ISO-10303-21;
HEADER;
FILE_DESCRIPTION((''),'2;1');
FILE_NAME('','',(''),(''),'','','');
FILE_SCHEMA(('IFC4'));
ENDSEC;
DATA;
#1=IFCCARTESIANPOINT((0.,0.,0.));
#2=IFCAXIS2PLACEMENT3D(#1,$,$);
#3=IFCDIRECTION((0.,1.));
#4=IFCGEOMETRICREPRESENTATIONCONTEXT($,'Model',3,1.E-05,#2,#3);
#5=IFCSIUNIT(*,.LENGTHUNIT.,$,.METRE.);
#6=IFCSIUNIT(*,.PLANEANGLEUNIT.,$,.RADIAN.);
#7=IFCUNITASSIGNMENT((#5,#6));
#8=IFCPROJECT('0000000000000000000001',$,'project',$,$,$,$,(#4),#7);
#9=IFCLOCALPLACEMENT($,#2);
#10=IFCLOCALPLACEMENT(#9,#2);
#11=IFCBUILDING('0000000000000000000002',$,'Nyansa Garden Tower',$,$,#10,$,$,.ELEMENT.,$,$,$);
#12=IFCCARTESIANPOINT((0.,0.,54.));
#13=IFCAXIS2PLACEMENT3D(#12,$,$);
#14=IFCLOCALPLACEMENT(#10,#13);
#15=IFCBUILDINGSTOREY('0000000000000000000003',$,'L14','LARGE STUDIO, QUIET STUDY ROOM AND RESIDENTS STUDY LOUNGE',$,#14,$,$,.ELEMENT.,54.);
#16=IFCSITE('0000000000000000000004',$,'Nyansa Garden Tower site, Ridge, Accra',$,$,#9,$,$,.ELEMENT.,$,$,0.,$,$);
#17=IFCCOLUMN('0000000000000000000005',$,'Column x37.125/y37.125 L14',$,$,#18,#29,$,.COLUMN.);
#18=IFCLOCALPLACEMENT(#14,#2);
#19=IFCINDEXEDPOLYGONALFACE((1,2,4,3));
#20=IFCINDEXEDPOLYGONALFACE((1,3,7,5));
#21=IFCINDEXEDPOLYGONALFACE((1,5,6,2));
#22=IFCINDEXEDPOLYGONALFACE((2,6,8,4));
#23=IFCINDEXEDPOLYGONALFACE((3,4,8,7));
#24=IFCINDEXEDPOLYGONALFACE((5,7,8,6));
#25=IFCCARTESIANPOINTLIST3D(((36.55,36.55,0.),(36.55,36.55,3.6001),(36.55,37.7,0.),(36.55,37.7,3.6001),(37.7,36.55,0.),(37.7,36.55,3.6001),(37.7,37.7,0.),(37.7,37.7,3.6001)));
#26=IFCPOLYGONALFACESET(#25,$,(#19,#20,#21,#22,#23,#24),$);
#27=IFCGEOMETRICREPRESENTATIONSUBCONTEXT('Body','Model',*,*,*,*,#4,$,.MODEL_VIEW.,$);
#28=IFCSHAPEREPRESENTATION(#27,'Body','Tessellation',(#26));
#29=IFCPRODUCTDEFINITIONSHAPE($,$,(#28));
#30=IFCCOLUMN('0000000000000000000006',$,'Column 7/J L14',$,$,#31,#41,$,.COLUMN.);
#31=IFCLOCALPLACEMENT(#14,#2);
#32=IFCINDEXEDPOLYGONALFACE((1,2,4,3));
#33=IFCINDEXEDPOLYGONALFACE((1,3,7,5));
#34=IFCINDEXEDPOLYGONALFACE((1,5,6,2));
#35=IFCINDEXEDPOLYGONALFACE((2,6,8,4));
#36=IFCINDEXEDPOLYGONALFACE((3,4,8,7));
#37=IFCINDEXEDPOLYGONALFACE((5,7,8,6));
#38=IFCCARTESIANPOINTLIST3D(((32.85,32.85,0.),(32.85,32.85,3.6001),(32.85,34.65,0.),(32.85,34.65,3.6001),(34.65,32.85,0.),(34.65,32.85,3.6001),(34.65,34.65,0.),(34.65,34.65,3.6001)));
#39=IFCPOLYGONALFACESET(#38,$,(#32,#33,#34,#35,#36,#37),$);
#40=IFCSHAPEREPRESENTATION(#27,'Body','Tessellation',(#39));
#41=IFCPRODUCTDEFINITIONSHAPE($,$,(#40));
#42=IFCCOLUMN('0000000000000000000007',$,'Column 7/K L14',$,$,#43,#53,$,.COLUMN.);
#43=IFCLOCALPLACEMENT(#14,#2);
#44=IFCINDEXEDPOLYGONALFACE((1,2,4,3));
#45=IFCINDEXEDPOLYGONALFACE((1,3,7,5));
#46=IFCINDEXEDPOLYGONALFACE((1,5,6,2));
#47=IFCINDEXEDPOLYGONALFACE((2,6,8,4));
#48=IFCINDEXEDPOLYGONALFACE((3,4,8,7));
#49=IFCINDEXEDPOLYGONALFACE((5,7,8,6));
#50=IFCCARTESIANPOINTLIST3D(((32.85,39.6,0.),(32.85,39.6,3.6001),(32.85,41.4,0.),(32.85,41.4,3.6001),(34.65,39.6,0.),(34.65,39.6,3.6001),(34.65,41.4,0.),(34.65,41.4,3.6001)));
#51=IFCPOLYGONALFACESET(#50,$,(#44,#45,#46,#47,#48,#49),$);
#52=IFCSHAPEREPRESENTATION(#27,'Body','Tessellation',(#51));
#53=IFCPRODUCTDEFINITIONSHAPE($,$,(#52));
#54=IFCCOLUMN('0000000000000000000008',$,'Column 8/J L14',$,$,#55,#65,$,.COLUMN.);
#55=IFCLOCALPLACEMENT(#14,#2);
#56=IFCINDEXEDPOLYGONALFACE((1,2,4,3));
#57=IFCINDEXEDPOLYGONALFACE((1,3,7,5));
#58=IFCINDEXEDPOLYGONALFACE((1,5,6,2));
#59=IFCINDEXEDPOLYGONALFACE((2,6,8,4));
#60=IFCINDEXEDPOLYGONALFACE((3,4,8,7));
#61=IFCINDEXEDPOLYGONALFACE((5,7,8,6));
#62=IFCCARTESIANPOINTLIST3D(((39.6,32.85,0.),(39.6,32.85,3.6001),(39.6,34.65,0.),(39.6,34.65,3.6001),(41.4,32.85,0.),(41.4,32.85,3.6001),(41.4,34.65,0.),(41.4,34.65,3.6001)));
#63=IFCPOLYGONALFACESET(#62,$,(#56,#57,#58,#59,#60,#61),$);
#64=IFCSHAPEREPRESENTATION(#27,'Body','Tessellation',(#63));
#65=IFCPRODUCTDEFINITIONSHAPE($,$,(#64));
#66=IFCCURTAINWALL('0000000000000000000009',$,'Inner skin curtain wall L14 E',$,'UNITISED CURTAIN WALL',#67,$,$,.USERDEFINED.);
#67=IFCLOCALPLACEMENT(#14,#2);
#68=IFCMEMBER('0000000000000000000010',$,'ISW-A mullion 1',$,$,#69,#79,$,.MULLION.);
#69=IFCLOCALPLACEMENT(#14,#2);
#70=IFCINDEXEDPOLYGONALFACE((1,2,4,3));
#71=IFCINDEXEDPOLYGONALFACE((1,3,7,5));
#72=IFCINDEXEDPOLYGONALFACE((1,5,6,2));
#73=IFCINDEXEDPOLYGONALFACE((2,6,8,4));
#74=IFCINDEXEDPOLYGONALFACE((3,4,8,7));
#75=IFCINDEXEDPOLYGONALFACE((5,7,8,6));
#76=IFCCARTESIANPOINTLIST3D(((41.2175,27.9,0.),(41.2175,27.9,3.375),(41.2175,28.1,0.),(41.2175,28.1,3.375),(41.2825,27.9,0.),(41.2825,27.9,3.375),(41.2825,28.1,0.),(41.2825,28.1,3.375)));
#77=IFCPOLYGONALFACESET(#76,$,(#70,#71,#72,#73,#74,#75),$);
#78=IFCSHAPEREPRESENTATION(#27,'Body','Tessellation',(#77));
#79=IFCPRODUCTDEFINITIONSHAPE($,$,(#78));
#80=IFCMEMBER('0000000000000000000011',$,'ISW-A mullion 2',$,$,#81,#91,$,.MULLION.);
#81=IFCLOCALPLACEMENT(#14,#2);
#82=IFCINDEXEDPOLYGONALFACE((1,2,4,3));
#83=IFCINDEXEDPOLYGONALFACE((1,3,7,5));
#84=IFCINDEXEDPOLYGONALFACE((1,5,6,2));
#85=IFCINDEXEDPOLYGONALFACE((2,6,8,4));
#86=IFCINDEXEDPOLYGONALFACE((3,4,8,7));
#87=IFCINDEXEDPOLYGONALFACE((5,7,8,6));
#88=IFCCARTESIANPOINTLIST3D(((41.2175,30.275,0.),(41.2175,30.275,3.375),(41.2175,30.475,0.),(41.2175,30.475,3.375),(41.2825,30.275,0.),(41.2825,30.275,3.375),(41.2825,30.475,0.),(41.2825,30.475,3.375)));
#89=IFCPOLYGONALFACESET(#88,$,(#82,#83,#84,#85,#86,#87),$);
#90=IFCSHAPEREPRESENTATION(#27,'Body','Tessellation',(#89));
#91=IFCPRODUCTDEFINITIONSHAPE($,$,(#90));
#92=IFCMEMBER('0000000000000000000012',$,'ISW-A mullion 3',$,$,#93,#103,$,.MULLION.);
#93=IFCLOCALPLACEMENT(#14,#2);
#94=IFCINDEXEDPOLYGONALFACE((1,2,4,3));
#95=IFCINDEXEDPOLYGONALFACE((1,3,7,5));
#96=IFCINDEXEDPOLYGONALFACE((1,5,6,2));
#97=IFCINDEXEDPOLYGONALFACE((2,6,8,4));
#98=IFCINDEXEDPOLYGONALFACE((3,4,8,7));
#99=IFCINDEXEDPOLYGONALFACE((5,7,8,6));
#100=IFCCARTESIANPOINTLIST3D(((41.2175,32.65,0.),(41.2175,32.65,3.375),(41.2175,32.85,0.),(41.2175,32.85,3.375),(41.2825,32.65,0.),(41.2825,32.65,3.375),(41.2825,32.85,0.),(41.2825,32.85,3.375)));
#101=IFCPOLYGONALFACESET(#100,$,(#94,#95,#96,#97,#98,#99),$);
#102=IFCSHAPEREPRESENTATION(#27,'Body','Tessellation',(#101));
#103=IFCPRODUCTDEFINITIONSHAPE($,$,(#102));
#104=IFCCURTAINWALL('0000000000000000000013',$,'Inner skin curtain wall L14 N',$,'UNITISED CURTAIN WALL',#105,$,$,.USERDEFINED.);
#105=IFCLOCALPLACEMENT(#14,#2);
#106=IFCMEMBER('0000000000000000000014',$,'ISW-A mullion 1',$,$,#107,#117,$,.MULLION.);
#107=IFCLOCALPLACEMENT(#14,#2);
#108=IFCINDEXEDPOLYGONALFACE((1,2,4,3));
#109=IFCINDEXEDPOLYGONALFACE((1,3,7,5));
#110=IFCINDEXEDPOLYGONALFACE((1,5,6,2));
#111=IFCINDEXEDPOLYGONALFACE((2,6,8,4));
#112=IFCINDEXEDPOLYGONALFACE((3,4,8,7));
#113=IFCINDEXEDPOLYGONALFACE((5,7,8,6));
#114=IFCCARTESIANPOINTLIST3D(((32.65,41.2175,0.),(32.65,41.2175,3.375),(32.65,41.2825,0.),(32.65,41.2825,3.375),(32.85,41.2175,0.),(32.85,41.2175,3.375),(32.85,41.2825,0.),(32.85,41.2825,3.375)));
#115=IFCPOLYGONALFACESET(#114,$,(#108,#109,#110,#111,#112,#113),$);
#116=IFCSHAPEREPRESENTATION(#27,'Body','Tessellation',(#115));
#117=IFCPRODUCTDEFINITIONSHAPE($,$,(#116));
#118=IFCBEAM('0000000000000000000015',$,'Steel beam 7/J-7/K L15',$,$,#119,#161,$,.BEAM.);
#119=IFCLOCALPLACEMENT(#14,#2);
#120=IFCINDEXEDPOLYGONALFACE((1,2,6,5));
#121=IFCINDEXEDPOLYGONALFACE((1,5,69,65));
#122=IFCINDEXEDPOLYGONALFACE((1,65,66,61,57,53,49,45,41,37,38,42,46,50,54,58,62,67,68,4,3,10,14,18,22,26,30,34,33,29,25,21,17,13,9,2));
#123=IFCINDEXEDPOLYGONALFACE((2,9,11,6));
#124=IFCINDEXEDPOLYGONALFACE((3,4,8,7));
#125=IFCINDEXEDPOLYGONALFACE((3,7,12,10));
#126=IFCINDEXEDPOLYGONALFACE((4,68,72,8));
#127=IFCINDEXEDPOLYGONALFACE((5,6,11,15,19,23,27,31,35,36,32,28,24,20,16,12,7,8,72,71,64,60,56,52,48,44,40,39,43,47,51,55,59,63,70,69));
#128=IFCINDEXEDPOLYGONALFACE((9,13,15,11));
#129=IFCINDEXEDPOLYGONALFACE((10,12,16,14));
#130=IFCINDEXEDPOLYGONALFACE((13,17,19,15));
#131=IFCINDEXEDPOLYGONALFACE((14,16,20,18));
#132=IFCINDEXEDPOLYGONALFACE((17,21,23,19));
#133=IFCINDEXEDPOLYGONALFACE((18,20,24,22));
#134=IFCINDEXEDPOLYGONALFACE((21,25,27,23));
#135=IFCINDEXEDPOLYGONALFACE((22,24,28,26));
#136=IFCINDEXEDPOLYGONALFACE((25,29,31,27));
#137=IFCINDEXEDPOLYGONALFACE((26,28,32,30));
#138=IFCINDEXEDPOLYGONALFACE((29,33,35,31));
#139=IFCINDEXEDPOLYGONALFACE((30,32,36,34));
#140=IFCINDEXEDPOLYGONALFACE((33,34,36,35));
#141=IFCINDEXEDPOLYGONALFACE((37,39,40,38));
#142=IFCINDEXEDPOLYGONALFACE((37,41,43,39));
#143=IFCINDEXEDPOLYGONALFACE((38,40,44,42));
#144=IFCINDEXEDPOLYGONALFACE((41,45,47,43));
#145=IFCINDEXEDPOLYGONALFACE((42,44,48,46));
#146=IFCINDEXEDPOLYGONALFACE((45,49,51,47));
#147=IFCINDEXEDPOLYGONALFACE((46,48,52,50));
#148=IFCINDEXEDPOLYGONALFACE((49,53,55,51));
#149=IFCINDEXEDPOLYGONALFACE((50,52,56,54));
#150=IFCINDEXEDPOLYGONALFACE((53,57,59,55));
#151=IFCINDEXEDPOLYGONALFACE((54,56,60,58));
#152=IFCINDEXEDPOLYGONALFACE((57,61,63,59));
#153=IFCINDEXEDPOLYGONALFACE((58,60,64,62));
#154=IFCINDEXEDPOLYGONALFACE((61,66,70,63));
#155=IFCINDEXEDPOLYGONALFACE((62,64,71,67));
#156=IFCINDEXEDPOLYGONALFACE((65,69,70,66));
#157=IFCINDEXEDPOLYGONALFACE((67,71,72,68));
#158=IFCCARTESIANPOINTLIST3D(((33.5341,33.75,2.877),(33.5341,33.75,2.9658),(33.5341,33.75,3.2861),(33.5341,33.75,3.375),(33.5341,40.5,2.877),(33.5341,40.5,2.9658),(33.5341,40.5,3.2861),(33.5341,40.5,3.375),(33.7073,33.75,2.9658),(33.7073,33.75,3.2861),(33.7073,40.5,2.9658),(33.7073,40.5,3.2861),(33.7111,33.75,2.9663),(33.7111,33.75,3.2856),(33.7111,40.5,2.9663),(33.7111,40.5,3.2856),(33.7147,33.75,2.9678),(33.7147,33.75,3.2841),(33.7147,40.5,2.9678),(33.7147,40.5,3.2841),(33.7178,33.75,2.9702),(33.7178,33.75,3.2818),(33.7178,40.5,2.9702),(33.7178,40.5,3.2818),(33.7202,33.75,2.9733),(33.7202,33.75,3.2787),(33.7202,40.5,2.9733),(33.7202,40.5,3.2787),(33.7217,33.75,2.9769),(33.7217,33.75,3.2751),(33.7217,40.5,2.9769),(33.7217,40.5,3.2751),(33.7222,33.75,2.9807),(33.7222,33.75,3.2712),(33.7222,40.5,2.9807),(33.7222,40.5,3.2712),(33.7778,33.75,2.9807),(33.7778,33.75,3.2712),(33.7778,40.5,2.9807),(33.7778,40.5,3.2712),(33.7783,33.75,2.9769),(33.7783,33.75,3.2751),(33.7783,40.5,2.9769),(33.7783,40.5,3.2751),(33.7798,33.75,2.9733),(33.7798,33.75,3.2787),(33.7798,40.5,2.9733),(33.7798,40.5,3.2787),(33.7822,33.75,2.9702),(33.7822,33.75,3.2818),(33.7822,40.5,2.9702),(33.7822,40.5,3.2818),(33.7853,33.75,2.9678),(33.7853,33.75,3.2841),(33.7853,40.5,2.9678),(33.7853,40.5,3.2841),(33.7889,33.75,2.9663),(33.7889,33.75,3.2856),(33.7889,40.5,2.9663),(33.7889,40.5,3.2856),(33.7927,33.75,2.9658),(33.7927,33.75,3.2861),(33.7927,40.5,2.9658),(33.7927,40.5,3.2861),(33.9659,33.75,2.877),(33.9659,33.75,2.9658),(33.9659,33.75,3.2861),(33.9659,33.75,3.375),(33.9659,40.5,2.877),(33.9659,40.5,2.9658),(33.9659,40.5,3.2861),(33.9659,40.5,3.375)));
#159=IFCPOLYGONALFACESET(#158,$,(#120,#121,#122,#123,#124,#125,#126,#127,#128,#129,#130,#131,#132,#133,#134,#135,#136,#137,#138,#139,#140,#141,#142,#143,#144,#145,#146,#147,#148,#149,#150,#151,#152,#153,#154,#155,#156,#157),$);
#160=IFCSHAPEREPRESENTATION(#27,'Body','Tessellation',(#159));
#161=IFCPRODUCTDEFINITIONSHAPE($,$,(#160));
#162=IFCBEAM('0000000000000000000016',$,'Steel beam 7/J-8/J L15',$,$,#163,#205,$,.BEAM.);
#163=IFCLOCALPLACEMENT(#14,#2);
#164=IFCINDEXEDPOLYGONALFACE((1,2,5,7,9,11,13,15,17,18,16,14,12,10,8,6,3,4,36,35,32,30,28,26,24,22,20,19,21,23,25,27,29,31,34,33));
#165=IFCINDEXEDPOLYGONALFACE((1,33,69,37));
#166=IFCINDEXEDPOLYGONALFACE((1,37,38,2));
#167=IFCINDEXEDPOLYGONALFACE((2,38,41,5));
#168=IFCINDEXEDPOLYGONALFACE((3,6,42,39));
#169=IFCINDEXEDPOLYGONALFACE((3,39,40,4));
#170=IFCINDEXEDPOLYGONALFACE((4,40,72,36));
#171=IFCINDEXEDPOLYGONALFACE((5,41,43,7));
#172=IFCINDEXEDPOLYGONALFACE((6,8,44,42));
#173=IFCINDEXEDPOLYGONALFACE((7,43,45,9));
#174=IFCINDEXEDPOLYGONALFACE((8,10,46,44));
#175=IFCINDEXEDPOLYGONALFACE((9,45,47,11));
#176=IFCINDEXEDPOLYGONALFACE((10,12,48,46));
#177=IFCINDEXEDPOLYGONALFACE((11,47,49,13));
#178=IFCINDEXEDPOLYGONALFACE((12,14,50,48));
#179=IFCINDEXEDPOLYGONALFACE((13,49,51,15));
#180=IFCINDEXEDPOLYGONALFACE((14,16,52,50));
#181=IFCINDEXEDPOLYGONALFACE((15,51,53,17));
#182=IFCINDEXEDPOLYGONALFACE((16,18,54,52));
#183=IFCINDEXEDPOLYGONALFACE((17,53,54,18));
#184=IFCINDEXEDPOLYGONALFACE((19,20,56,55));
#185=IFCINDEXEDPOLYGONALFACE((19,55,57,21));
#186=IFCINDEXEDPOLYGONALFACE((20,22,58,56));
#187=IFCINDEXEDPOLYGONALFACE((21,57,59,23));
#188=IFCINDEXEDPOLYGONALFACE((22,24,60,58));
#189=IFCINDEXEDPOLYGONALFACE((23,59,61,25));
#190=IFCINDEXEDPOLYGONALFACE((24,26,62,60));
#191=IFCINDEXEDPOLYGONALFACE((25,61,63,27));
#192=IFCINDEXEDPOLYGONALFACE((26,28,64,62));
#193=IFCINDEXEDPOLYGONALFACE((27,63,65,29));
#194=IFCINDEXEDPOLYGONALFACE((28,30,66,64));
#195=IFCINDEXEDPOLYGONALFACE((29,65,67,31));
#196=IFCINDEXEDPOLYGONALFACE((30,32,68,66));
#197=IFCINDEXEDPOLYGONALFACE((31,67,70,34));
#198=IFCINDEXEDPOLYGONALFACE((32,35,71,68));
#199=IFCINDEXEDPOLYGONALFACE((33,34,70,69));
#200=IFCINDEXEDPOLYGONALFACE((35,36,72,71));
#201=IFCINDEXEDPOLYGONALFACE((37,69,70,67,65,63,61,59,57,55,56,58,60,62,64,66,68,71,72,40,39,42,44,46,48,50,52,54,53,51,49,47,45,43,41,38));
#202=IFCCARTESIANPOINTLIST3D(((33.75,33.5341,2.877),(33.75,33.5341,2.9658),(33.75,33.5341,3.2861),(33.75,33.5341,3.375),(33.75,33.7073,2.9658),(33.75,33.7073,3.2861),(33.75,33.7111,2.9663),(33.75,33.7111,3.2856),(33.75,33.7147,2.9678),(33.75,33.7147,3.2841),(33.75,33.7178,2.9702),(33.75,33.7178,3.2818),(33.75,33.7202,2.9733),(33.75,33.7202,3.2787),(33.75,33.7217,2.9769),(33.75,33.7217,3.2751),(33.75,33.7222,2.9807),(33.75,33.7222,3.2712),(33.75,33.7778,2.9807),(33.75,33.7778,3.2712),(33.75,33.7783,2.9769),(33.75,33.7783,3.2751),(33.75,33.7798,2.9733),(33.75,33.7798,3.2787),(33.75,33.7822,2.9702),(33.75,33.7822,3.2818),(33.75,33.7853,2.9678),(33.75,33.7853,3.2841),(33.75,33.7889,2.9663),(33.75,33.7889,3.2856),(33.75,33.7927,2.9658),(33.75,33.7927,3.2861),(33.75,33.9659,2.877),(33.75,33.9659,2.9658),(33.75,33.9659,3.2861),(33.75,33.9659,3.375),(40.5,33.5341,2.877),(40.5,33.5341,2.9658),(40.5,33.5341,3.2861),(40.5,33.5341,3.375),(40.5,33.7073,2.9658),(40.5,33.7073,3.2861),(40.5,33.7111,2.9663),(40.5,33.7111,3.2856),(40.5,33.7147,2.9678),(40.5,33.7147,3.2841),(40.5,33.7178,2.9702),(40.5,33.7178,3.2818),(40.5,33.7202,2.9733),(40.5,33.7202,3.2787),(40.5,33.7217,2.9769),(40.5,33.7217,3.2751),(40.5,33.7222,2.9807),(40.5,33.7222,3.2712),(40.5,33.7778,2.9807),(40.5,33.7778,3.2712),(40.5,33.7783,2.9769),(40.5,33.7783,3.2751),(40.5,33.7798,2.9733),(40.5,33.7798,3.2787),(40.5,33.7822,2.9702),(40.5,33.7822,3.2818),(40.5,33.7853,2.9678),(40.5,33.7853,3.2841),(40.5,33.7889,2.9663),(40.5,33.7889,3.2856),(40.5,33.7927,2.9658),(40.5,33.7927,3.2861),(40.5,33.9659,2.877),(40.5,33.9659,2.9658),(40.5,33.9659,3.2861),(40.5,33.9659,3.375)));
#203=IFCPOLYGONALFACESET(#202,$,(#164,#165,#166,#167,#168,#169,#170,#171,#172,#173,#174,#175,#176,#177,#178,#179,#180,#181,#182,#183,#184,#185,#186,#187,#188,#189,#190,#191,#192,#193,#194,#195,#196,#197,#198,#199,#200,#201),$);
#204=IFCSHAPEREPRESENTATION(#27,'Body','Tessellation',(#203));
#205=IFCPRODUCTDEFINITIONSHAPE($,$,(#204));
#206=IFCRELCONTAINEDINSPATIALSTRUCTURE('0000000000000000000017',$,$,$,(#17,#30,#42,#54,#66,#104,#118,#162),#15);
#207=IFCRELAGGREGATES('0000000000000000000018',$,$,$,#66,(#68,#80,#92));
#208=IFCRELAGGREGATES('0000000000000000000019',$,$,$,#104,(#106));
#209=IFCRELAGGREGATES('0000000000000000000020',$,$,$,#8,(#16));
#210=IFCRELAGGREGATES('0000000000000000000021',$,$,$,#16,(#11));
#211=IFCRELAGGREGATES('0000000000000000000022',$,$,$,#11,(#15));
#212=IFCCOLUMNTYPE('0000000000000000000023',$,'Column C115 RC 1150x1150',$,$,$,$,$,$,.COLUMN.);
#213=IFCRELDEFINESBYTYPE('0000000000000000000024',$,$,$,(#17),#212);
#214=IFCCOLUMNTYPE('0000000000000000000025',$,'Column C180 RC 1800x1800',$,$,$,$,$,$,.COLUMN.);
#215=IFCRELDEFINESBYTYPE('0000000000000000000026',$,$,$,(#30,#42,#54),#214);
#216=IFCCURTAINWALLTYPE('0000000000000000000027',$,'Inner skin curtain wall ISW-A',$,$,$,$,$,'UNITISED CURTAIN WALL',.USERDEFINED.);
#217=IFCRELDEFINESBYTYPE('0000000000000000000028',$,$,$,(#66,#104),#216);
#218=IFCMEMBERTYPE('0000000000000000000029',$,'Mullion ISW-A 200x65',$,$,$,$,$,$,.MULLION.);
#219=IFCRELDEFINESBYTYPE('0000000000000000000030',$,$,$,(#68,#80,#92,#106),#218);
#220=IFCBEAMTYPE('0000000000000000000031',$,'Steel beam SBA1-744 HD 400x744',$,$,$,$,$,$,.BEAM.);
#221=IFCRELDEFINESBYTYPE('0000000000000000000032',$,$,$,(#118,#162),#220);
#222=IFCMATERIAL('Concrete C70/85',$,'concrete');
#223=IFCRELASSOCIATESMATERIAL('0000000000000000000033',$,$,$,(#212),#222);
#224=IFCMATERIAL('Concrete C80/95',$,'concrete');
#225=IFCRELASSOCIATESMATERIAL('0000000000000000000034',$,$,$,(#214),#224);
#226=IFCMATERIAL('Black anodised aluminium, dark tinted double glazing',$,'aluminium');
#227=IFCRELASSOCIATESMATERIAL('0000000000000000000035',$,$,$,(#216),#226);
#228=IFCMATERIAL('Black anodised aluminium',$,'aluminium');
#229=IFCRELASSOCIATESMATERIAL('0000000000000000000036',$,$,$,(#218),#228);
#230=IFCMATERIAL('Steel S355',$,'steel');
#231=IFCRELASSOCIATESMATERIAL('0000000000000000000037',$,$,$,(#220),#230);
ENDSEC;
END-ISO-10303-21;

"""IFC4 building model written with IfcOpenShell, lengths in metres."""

from ifc_helpers import new_model, si_unit, direction, frame, origin, origin_2d, place, context, subcontext, project, spatial, rectangle, i_section, extrude, material, material_profile, profile_set, type_object, element, aggregate, save


model = new_model("IFC4")

# Units and contexts
model_context = context("Model", 3, precision=1e-05, world=origin(), true_north=direction((0.0, 1.0)))
body_context = subcontext(model_context, "Body", "Model", "MODEL_VIEW")
ifc_project = project(units=[si_unit("LENGTHUNIT", "METRE"), si_unit("PLANEANGLEUNIT", "RADIAN")], contexts=[model_context])

# Site, building, storey
site_placement = place(None, origin())
site = spatial("IfcSite", under=ifc_project, at=site_placement, Name="Nyansa Garden Tower site, Ridge, Accra", CompositionType="ELEMENT", RefElevation=0.0)
building_placement = place(site_placement, origin())
building = spatial("IfcBuilding", under=site, at=building_placement, Name="Nyansa Garden Tower", CompositionType="ELEMENT")
storey_placement = place(building_placement, frame((0.0, 0.0, 54.0)))
storey = spatial("IfcBuildingStorey", under=building, at=storey_placement, Name="L14", Description="LARGE STUDIO, QUIET STUDY ROOM AND RESIDENTS STUDY LOUNGE", CompositionType="ELEMENT", Elevation=54.0)

# Columns
ifc_material_1 = material(Name="Concrete C70/85", Category="concrete")
ifc_material_profile_1 = material_profile(ifc_material_1, rectangle(XDim=1.1499, YDim=1.1499, at=origin_2d()), Name="RC 1150x1150")
ifc_profile_set_1 = profile_set([ifc_material_profile_1], Name="Concrete C70/85")
column_type_1 = type_object("IfcColumnType", Name="Column C115 RC 1150x1150", PredefinedType="COLUMN", material=ifc_profile_set_1)
column_placement = place(storey_placement, frame((37.125, 37.125, 0.0), z_axis=(0.0, 0.0, 1.0), x_axis=(1.0, 0.0, 0.0)))
element("IfcColumn", 1, at=column_placement, inside=storey, type_object=column_type_1, Name="Column x37.125/y37.125 L14", PredefinedType="COLUMN", context=body_context, shape_type="SweptSolid", body=[
    extrude(rectangle(XDim=1.1499, YDim=1.1499, at=origin_2d()), origin(), (0.0, 0.0, 1.0), 3.6001),
])
ifc_material_2 = material(Name="Concrete C80/95", Category="concrete")
ifc_material_profile_2 = material_profile(ifc_material_2, rectangle(XDim=1.8, YDim=1.8, at=origin_2d()), Name="RC 1800x1800")
ifc_profile_set_2 = profile_set([ifc_material_profile_2], Name="Concrete C80/95")
column_type_2 = type_object("IfcColumnType", Name="Column C180 RC 1800x1800", PredefinedType="COLUMN", material=ifc_profile_set_2)
for number, where, z_axis, x_axis, name in (
    (2, (33.75, 33.75, 0.0), (0.0, 0.0, 1.0), (1.0, 0.0, 0.0), "Column 7/J L14"),
    (3, (33.75, 40.5, 0.0), (0.0, 0.0, 1.0), (1.0, 0.0, 0.0), "Column 7/K L14"),
    (4, (40.5, 33.75, 0.0), (0.0, 0.0, 1.0), (1.0, 0.0, 0.0), "Column 8/J L14"),
):
    element("IfcColumn", number, at=place(storey_placement, frame(where, z_axis=z_axis, x_axis=x_axis)), inside=storey, type_object=column_type_2, Name=name, PredefinedType="COLUMN", context=body_context, shape_type="SweptSolid", body=[
        extrude(rectangle(XDim=1.8, YDim=1.8, at=origin_2d()), origin(), (0.0, 0.0, 1.0), 3.6001),
    ])

# Curtain wall, members
ifc_material_3 = material(Name="Black anodised aluminium, dark tinted double glazing", Category="aluminium")
curtain_wall_type = type_object("IfcCurtainWallType", Name="Inner skin curtain wall ISW-A", ElementType="UNITISED CURTAIN WALL", PredefinedType="USERDEFINED", material=ifc_material_3)
curtain_wall_1_placement = place(storey_placement, origin())
curtain_wall_1 = element("IfcCurtainWall", 5, at=curtain_wall_1_placement, inside=storey, type_object=curtain_wall_type, Name="Inner skin curtain wall L14 E", ObjectType="UNITISED CURTAIN WALL", PredefinedType="USERDEFINED")
ifc_material_4 = material(Name="Black anodised aluminium", Category="aluminium")
ifc_material_profile_3 = material_profile(ifc_material_4, rectangle(XDim=0.0649, YDim=0.2, at=origin_2d()), Name="Mullion 200x65")
ifc_profile_set_3 = profile_set([ifc_material_profile_3], Name="Black anodised aluminium")
member_type_1 = type_object("IfcMemberType", Name="Mullion ISW-A 200x65", PredefinedType="MULLION", material=ifc_profile_set_3)
member_1_placement = place(storey_placement, frame((41.25, 28.0, 0.0), z_axis=(0.0, 0.0, 1.0), x_axis=(-1.0, 0.0, 0.0)))
member_1 = element("IfcMember", 6, at=member_1_placement, type_object=member_type_1, Name="ISW-A mullion 1", PredefinedType="MULLION", context=body_context, shape_type="SweptSolid", body=[
    extrude(rectangle(XDim=0.0649, YDim=0.2, at=origin_2d()), origin(), (0.0, 0.0, 1.0), 3.375),
])
member_2_placement = place(storey_placement, frame((41.25, 30.375, 0.0), z_axis=(0.0, 0.0, 1.0), x_axis=(-1.0, 0.0, 0.0)))
member_2 = element("IfcMember", 7, at=member_2_placement, type_object=member_type_1, Name="ISW-A mullion 2", PredefinedType="MULLION", context=body_context, shape_type="SweptSolid", body=[
    extrude(rectangle(XDim=0.0649, YDim=0.2, at=origin_2d()), origin(), (0.0, 0.0, 1.0), 3.375),
])
member_3_placement = place(storey_placement, frame((41.25, 32.75, 0.0), z_axis=(0.0, 0.0, 1.0), x_axis=(-1.0, 0.0, 0.0)))
member_3 = element("IfcMember", 8, at=member_3_placement, type_object=member_type_1, Name="ISW-A mullion 3", PredefinedType="MULLION", context=body_context, shape_type="SweptSolid", body=[
    extrude(rectangle(XDim=0.0649, YDim=0.2, at=origin_2d()), origin(), (0.0, 0.0, 1.0), 3.375),
])

# Curtain wall, member
curtain_wall_2_placement = place(storey_placement, origin())
curtain_wall_2 = element("IfcCurtainWall", 9, at=curtain_wall_2_placement, inside=storey, type_object=curtain_wall_type, Name="Inner skin curtain wall L14 N", ObjectType="UNITISED CURTAIN WALL", PredefinedType="USERDEFINED")
member_4_placement = place(storey_placement, frame((32.75, 41.25, 0.0), z_axis=(0.0, 0.0, 1.0), x_axis=(0.0, -1.0, 0.0)))
member_4 = element("IfcMember", 10, at=member_4_placement, type_object=member_type_1, Name="ISW-A mullion 1", PredefinedType="MULLION", context=body_context, shape_type="SweptSolid", body=[
    extrude(rectangle(XDim=0.0649, YDim=0.2, at=origin_2d()), origin(), (0.0, 0.0, 1.0), 3.375),
])

# Beams
ifc_material_5 = material(Name="Steel S355", Category="steel")
ifc_material_profile_4 = material_profile(ifc_material_5, i_section(OverallWidth=0.4319, OverallDepth=0.498, WebThickness=0.0557, FlangeThickness=0.0889, FilletRadius=0.0149, at=origin_2d()), Name="HD 400x744")
ifc_profile_set_4 = profile_set([ifc_material_profile_4], Name="Steel S355")
beam_type_1 = type_object("IfcBeamType", Name="Steel beam SBA1-744 HD 400x744", PredefinedType="BEAM", material=ifc_profile_set_4)
for number, where, z_axis, x_axis, name in (
    (11, (33.75, 33.75, 3.126), (0.0, 1.0, 0.0), (-1.0, 0.0, 0.0), "Steel beam 7/J-7/K L15"),
    (12, (33.75, 33.75, 3.126), (1.0, 0.0, 0.0), (0.0, 1.0, 0.0), "Steel beam 7/J-8/J L15"),
):
    element("IfcBeam", number, at=place(storey_placement, frame(where, z_axis=z_axis, x_axis=x_axis)), inside=storey, type_object=beam_type_1, Name=name, PredefinedType="BEAM", context=body_context, shape_type="SweptSolid", body=[
        extrude(i_section(OverallWidth=0.4319, OverallDepth=0.498, WebThickness=0.0557, FlangeThickness=0.0889, FilletRadius=0.0149, at=origin_2d()), origin(), (0.0, 0.0, 1.0), 6.75),
    ])

aggregate(curtain_wall_1, [member_1, member_2, member_3])
aggregate(curtain_wall_2, [member_4])

save(model, "model.ifc")
